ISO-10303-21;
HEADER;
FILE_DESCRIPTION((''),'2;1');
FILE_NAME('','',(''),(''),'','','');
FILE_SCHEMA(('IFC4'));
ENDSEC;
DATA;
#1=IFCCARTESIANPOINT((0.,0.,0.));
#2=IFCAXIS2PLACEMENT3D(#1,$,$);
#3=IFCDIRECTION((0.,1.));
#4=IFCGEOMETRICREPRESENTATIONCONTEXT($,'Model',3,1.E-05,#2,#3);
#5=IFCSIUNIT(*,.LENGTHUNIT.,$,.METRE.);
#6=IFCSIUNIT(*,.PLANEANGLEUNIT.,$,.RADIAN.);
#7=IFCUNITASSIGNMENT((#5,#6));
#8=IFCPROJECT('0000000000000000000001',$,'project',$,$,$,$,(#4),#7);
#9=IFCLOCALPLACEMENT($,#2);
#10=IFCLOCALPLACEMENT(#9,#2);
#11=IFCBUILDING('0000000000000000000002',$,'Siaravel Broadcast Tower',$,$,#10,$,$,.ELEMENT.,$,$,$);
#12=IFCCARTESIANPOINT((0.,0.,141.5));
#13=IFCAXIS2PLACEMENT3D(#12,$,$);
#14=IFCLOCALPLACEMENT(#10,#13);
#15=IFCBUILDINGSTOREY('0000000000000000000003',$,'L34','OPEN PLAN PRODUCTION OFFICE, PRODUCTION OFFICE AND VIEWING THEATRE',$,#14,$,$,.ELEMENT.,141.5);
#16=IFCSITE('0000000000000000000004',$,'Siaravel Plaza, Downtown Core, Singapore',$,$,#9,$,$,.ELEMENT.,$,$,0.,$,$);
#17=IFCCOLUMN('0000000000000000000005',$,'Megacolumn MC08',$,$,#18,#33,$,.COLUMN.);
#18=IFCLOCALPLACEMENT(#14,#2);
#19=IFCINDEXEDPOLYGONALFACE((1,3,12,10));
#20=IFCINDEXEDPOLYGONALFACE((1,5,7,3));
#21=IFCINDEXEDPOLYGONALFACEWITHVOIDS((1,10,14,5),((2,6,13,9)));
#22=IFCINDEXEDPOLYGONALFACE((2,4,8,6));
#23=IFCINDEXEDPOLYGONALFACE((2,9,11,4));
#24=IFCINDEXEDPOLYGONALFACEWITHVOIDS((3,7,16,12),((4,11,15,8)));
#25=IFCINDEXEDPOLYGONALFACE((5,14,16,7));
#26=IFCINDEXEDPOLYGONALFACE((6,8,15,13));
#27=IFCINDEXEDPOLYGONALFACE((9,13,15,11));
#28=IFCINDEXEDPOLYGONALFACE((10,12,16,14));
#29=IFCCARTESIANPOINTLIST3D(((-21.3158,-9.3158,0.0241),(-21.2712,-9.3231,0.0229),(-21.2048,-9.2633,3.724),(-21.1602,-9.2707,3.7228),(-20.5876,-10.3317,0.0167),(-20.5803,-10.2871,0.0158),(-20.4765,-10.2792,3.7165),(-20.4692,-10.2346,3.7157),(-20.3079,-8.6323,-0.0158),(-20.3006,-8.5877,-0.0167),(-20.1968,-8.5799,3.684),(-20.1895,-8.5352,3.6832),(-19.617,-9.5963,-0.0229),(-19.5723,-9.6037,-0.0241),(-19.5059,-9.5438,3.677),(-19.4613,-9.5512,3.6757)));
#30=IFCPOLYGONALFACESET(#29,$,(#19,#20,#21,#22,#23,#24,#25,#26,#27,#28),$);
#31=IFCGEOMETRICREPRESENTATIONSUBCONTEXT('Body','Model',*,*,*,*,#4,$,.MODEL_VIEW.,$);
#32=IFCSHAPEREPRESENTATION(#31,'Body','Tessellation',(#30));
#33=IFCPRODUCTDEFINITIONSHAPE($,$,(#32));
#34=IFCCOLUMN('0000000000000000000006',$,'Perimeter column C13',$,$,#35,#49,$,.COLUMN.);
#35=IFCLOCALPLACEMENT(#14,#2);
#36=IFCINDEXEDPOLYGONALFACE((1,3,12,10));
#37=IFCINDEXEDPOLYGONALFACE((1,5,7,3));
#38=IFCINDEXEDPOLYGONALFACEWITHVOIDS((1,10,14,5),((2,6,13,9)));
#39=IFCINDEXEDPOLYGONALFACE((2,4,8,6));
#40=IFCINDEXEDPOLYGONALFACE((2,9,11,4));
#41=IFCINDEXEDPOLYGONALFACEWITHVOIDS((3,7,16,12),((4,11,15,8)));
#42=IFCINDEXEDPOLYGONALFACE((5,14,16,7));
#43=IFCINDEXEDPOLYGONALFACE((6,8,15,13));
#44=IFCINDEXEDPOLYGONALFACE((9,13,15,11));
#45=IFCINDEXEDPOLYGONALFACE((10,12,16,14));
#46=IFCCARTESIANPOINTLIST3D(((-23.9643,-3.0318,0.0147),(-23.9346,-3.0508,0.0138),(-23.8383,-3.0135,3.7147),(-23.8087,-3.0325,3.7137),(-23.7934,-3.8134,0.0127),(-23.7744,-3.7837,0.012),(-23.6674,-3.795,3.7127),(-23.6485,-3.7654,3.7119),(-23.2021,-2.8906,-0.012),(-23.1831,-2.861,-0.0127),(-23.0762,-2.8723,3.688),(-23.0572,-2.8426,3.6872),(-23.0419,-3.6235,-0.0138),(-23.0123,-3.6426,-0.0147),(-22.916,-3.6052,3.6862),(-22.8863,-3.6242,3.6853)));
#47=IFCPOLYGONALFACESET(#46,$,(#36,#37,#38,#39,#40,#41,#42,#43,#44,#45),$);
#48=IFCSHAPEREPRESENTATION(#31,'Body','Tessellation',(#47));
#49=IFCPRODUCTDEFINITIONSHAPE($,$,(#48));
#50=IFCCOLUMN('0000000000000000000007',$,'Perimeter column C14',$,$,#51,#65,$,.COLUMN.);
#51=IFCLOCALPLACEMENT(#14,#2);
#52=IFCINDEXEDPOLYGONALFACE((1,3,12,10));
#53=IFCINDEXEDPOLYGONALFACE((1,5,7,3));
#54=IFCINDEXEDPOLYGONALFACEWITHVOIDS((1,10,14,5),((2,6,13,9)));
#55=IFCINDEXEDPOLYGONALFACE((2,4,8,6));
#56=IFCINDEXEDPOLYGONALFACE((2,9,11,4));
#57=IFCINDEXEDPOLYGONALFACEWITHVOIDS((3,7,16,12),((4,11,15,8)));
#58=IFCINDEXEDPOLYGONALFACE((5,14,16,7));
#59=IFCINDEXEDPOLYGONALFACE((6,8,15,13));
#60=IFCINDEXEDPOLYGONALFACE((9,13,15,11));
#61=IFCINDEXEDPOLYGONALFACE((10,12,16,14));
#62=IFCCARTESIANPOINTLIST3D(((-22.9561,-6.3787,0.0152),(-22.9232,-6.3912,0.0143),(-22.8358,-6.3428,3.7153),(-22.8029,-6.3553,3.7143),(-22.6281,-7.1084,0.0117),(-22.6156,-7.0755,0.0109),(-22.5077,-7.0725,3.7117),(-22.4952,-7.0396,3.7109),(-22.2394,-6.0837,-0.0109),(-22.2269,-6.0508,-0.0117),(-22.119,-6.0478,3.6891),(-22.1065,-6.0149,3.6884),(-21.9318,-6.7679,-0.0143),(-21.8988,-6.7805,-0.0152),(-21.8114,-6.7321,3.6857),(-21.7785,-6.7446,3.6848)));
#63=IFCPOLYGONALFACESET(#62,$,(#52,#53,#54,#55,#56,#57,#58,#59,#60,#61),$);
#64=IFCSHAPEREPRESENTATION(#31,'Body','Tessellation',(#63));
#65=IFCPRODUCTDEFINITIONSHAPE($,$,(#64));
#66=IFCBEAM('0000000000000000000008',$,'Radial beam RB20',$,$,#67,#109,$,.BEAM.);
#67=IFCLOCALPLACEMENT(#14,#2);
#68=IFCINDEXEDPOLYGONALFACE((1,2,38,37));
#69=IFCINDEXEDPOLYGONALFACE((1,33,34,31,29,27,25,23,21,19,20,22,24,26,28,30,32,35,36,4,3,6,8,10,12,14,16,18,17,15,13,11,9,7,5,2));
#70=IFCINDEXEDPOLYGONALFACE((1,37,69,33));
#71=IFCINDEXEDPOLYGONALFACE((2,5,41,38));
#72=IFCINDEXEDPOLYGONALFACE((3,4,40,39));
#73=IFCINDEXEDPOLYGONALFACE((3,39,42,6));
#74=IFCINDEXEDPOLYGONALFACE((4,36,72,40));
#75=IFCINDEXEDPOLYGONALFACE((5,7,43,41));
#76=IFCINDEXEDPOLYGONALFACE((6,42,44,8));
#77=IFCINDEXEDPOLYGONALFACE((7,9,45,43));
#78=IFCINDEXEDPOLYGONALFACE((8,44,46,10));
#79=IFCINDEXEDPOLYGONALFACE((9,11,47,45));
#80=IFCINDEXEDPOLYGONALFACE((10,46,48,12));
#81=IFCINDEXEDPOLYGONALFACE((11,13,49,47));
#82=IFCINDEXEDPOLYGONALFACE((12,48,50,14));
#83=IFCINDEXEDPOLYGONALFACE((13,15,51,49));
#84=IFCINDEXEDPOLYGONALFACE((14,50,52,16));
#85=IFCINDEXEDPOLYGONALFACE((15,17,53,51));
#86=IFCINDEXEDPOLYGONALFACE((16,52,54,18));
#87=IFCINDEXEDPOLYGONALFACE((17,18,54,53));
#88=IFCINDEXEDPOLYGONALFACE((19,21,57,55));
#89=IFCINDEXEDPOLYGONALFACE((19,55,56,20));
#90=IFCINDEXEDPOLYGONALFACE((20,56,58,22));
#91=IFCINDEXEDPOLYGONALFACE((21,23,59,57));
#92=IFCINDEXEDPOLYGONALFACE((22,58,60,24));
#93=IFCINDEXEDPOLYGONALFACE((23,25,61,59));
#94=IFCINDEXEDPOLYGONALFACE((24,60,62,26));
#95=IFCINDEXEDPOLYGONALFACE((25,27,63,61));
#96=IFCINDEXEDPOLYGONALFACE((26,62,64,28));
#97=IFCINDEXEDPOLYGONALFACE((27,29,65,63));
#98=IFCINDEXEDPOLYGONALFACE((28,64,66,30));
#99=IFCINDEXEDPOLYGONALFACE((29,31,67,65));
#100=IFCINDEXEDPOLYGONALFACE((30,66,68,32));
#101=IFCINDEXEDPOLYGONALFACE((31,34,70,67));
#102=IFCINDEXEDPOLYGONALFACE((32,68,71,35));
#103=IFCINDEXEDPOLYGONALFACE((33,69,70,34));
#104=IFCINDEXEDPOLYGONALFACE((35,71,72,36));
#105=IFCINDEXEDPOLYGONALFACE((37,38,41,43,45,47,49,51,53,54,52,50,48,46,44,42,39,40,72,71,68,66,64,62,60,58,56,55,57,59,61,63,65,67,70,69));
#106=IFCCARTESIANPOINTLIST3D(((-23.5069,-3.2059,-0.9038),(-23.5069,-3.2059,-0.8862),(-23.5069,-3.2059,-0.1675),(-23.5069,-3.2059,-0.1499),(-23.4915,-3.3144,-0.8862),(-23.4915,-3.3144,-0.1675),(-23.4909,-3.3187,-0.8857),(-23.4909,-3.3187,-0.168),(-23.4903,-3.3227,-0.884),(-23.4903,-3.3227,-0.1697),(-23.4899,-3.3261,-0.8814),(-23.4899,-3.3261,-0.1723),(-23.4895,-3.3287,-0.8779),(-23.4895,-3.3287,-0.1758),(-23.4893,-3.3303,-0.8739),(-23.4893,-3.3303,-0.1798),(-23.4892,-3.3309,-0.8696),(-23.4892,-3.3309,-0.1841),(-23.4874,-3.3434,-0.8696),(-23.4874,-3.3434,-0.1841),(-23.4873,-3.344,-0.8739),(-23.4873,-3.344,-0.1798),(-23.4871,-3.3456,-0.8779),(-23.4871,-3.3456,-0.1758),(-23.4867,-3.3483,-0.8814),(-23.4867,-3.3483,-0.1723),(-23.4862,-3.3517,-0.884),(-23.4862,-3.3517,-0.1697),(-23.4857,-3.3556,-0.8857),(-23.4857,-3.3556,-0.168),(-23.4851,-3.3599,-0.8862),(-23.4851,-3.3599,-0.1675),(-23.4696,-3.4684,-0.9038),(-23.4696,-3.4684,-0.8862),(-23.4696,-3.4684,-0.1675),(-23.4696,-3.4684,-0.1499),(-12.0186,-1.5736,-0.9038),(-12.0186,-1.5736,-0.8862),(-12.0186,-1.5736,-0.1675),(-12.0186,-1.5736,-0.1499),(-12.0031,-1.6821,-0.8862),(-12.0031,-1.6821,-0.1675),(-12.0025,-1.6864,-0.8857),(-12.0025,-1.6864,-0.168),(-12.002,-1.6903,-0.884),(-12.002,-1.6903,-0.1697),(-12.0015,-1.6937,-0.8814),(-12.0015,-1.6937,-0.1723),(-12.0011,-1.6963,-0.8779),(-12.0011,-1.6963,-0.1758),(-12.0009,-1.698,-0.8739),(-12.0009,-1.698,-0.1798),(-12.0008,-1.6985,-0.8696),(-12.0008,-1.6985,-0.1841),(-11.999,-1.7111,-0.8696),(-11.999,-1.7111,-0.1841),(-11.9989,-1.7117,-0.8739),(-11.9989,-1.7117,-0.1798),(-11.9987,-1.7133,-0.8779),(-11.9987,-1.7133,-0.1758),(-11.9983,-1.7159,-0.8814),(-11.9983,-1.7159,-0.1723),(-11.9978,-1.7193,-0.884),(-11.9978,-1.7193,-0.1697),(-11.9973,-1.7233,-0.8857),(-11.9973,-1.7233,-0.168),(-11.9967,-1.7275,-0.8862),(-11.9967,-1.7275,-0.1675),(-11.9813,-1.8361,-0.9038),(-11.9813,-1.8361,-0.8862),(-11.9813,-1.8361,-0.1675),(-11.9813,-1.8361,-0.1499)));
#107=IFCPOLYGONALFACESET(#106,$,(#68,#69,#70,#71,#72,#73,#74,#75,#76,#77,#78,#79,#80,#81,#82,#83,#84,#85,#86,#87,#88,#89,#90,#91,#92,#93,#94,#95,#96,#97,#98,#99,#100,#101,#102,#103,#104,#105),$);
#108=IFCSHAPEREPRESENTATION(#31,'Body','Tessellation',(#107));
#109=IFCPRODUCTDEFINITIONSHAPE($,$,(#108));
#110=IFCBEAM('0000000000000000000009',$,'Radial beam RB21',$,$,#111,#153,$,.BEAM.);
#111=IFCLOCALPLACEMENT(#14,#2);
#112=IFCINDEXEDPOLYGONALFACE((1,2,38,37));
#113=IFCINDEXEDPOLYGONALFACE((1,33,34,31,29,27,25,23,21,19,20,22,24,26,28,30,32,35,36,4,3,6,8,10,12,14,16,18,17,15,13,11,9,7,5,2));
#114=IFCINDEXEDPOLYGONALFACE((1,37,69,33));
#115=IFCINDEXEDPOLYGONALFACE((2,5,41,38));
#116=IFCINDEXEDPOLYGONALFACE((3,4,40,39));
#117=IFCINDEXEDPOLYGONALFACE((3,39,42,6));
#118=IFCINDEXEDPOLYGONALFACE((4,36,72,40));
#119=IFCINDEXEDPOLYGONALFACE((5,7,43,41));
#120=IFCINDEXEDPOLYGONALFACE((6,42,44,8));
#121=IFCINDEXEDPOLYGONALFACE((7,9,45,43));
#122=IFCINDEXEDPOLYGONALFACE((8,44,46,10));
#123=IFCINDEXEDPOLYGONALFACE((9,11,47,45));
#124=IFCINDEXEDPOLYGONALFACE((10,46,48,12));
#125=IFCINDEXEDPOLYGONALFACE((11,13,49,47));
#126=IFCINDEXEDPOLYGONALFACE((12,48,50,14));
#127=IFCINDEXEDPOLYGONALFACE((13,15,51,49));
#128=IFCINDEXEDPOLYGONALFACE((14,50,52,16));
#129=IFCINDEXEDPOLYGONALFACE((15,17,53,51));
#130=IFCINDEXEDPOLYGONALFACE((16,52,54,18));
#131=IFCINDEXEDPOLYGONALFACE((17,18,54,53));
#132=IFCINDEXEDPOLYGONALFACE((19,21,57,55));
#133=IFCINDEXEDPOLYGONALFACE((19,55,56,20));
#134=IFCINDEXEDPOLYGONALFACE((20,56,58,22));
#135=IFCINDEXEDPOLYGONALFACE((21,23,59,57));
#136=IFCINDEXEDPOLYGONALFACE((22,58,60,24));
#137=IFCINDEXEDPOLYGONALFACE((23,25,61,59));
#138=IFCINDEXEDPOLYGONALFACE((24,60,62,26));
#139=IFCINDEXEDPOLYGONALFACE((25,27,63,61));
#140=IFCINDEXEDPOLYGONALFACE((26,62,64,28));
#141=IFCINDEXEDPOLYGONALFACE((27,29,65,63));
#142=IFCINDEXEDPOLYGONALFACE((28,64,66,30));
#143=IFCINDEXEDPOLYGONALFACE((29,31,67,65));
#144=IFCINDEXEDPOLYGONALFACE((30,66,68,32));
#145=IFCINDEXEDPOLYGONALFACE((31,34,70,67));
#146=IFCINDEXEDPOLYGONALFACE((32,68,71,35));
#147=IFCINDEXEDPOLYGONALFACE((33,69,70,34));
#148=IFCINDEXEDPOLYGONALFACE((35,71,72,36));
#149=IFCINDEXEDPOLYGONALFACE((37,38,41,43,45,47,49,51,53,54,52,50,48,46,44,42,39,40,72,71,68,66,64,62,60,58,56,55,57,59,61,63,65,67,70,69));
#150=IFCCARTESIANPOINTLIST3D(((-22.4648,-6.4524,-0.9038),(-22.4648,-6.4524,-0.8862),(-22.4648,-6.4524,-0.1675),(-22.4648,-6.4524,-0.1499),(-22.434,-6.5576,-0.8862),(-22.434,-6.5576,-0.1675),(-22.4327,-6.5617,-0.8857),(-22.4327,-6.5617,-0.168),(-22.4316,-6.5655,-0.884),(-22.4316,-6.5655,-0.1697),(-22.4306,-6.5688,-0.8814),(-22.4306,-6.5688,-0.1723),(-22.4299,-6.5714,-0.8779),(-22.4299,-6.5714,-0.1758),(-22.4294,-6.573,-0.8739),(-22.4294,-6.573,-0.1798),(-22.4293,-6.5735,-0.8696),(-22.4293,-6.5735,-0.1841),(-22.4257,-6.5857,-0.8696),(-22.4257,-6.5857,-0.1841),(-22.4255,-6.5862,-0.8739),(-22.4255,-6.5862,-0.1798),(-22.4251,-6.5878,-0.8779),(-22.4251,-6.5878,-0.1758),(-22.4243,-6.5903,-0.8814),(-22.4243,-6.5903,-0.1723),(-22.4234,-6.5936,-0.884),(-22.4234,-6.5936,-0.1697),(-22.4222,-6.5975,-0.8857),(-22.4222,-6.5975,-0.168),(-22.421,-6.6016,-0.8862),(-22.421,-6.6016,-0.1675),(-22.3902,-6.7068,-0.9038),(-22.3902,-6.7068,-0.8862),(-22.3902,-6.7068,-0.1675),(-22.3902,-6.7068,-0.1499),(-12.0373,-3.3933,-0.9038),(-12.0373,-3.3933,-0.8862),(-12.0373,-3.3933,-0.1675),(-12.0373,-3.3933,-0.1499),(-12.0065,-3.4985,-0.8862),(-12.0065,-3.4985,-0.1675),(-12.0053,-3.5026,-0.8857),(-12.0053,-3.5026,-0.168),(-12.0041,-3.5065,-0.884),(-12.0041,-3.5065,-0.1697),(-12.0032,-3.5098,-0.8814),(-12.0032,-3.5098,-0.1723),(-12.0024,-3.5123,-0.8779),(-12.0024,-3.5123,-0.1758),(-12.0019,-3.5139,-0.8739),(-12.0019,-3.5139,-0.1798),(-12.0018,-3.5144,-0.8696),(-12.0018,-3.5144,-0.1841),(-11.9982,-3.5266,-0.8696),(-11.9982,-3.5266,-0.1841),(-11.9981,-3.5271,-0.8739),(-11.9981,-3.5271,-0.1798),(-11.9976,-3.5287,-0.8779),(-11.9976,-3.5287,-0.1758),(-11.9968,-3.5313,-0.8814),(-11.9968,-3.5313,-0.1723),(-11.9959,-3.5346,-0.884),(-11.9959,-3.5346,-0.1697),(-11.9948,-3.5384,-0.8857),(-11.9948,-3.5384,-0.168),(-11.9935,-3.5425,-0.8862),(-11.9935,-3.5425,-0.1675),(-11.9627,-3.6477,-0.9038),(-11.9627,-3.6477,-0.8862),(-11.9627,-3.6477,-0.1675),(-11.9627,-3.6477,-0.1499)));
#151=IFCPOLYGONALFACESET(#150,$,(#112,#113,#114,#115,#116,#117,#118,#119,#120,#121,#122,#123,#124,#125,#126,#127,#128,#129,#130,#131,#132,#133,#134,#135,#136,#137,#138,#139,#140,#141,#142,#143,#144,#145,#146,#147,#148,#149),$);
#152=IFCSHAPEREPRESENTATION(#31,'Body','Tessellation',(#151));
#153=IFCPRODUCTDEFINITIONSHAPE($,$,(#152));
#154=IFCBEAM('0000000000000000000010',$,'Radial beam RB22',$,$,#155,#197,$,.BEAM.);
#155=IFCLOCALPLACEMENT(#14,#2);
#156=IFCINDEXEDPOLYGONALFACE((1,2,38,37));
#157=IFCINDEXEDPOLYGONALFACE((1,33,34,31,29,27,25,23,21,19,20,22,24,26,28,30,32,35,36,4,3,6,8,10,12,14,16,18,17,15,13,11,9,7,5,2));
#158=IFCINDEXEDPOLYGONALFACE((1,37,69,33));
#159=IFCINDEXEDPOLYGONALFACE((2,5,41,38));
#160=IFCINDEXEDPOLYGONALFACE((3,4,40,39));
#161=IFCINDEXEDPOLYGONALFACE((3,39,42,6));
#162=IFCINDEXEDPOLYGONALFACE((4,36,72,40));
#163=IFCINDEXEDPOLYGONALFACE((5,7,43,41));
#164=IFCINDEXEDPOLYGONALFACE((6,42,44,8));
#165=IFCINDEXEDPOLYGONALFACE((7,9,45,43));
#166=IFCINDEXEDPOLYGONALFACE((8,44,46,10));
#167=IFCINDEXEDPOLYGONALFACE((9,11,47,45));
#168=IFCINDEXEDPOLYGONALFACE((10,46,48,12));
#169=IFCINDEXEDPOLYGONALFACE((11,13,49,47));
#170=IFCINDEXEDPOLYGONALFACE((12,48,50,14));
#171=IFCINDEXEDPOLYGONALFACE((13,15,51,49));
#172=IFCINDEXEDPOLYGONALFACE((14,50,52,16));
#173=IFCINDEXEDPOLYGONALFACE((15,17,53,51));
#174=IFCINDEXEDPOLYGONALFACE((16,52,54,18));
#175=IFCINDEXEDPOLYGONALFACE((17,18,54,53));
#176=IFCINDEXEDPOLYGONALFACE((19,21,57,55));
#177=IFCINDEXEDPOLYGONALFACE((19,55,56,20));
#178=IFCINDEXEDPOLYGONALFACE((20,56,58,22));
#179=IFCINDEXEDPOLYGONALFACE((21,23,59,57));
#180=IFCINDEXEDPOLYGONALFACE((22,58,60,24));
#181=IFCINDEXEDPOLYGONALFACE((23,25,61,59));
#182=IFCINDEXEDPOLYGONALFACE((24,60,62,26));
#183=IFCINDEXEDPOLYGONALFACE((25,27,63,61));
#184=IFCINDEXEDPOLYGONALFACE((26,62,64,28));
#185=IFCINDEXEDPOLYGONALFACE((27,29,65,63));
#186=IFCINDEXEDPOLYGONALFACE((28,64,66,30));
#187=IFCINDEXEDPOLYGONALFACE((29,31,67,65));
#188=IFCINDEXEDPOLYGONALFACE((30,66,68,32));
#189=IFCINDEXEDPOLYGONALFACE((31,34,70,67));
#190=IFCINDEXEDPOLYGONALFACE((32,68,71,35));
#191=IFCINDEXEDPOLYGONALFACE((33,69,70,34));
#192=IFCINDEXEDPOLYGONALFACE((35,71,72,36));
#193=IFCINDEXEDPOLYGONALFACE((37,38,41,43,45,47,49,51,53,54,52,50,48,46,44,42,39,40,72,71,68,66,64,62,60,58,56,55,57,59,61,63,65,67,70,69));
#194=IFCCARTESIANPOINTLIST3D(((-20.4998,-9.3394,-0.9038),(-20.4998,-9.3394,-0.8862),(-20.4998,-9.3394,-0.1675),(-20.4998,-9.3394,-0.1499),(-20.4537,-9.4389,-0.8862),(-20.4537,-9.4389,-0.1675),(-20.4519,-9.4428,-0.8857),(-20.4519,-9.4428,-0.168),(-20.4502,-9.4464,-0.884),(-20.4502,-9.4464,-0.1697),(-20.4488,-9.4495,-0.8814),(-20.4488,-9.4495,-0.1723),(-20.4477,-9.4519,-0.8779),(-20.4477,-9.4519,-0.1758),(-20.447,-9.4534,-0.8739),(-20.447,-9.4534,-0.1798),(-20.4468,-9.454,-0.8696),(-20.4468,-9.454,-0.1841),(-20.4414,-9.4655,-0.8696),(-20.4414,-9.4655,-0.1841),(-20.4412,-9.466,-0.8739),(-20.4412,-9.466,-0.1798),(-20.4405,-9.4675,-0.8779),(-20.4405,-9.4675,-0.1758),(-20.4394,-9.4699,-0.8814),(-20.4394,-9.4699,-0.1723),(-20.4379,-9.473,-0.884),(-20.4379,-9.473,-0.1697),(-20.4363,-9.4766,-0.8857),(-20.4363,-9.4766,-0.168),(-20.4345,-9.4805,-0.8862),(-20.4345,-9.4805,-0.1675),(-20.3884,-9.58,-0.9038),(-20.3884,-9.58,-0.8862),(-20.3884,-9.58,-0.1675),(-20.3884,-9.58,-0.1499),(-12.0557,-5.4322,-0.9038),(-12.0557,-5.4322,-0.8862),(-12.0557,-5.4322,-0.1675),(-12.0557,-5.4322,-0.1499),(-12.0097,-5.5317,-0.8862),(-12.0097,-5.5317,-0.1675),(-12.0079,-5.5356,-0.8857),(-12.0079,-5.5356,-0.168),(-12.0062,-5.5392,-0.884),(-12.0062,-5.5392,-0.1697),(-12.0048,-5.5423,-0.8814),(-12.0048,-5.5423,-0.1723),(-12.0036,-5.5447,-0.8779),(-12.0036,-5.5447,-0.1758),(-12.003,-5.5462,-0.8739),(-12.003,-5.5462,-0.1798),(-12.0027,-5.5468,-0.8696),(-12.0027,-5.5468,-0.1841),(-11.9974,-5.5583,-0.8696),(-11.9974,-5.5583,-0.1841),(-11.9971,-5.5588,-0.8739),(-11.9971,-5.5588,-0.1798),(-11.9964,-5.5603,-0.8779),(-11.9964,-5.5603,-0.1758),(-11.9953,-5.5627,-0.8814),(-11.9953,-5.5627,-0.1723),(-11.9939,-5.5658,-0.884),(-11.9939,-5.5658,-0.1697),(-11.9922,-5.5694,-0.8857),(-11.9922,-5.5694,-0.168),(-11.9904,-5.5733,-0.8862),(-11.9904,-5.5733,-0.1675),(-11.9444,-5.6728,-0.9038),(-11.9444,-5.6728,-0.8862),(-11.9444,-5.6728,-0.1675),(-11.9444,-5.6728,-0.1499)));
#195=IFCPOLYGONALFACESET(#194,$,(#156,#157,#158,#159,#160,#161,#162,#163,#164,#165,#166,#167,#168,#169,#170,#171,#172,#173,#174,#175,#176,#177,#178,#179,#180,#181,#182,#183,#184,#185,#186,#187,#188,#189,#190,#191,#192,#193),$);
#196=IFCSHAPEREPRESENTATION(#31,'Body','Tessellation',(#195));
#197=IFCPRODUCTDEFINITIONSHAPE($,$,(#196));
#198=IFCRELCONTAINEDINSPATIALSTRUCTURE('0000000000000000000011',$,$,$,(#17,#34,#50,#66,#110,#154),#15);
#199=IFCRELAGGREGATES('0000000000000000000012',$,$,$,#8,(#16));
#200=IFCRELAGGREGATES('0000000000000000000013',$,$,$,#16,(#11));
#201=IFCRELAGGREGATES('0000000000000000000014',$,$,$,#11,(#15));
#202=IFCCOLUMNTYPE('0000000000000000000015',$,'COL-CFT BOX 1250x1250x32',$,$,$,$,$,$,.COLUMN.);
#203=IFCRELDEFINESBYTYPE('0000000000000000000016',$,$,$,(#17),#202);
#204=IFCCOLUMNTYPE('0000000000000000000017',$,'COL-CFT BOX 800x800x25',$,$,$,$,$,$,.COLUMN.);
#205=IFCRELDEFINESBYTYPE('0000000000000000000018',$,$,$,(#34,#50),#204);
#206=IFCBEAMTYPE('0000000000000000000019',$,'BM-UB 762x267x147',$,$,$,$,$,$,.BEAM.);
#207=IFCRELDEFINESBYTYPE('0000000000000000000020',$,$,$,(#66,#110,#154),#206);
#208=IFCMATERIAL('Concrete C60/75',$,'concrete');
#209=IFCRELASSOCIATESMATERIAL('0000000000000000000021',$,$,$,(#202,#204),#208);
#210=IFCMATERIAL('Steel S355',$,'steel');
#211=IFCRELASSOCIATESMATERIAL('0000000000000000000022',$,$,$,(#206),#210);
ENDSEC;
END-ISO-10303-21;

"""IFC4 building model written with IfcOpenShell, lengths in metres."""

from ifc_helpers import new_model, si_unit, direction, frame, origin, origin_2d, place, context, subcontext, project, spatial, hollow_rectangle, i_section, extrude, material, material_profile, profile_set, type_object, element, save


model = new_model("IFC4")

# Units and contexts
model_context = context("Model", 3, precision=1e-05, world=origin(), true_north=direction((0.0, 1.0)))
body_context = subcontext(model_context, "Body", "Model", "MODEL_VIEW")
ifc_project = project(units=[si_unit("LENGTHUNIT", "METRE"), si_unit("PLANEANGLEUNIT", "RADIAN")], contexts=[model_context])

# Site, building, storey
site_placement = place(None, origin())
site = spatial("IfcSite", under=ifc_project, at=site_placement, Name="Siaravel Plaza, Downtown Core, Singapore", CompositionType="ELEMENT", RefElevation=0.0)
building_placement = place(site_placement, origin())
building = spatial("IfcBuilding", under=site, at=building_placement, Name="Siaravel Broadcast Tower", CompositionType="ELEMENT")
storey_placement = place(building_placement, frame((0.0, 0.0, 141.5)))
storey = spatial("IfcBuildingStorey", under=building, at=storey_placement, Name="L34", Description="OPEN PLAN PRODUCTION OFFICE, PRODUCTION OFFICE AND VIEWING THEATRE", CompositionType="ELEMENT", Elevation=141.5)

# Columns
ifc_material_1 = material(Name="Concrete C60/75", Category="concrete")
ifc_material_profile_1 = material_profile(ifc_material_1, hollow_rectangle(XDim=1.25, YDim=1.25, WallThickness=0.032, at=origin_2d()))
ifc_profile_set_1 = profile_set([ifc_material_profile_1], Name="Concrete C60/75")
column_type_1 = type_object("IfcColumnType", Name="COL-CFT BOX 1250x1250x32", PredefinedType="COLUMN", material=ifc_profile_set_1)
column_placement = place(storey_placement, frame((-20.4441, -9.4597, 0.0), z_axis=(0.030007, 0.014179, 0.999449), x_axis=(-0.582587, 0.812746, 0.005961)))
element("IfcColumn", 1, at=column_placement, inside=storey, type_object=column_type_1, Name="Megacolumn MC08", PredefinedType="COLUMN", context=body_context, shape_type="SweptSolid", body=[
    extrude(hollow_rectangle(XDim=1.25, YDim=1.25, WallThickness=0.032, at=origin_2d()), origin(), (0.0, 0.0, 1.0), 3.7019),
])
ifc_material_profile_2 = material_profile(ifc_material_1, hollow_rectangle(XDim=0.8, YDim=0.8, WallThickness=0.0249, at=origin_2d()))
ifc_profile_set_2 = profile_set([ifc_material_profile_2], Name="Concrete C60/75")
column_type_2 = type_object("IfcColumnType", Name="COL-CFT BOX 800x800x25", PredefinedType="COLUMN", material=ifc_profile_set_2)
for number, where, z_axis, x_axis, name in (
    (2, (-23.4883, -3.3372, 0.0), (0.034028, 0.004946, 0.999409), (-0.213534, 0.976933, 0.002436), "Perimeter column C13"),
    (3, (-22.4275, -6.5796, 0.0), (0.032512, 0.009694, 0.999424), (-0.410029, 0.912061, 0.004492), "Perimeter column C14"),
):
    element("IfcColumn", number, at=place(storey_placement, frame(where, z_axis=z_axis, x_axis=x_axis)), inside=storey, type_object=column_type_2, Name=name, PredefinedType="COLUMN", context=body_context, shape_type="SweptSolid", body=[
        extrude(hollow_rectangle(XDim=0.8, YDim=0.8, WallThickness=0.0249, at=origin_2d()), origin(), (0.0, 0.0, 1.0), 3.7021),
    ])

# Beams
ifc_material_2 = material(Name="Steel S355", Category="steel")
ifc_material_profile_3 = material_profile(ifc_material_2, i_section(OverallWidth=0.2651, OverallDepth=0.7539, WebThickness=0.0127, FlangeThickness=0.0176, FilletRadius=0.0166, at=origin_2d()))
ifc_profile_set_3 = profile_set([ifc_material_profile_3], Name="Steel S355")
beam_type = type_object("IfcBeamType", Name="BM-UB 762x267x147", PredefinedType="BEAM", material=ifc_profile_set_3)
beam_1_placement = place(storey_placement, frame((-23.4883, -3.3372, -0.5269), z_axis=(0.990056, 0.140673, 0.0), x_axis=(-0.140673, 0.990056, 0.0)))
element("IfcBeam", 4, at=beam_1_placement, inside=storey, type_object=beam_type, Name="Radial beam RB20", PredefinedType="BEAM", context=body_context, shape_type="SweptSolid", body=[
    extrude(i_section(OverallWidth=0.2651, OverallDepth=0.7539, WebThickness=0.0127, FlangeThickness=0.0176, FilletRadius=0.0166, at=origin_2d()), origin(), (0.0, 0.0, 1.0), 11.6038),
])
beam_2_placement = place(storey_placement, frame((-22.4275, -6.5796, -0.5269), z_axis=(0.95956, 0.281503, 0.0), x_axis=(-0.281503, 0.95956, 0.0)))
element("IfcBeam", 5, at=beam_2_placement, inside=storey, type_object=beam_type, Name="Radial beam RB21", PredefinedType="BEAM", context=body_context, shape_type="SweptSolid", body=[
    extrude(i_section(OverallWidth=0.2651, OverallDepth=0.7539, WebThickness=0.0127, FlangeThickness=0.0176, FilletRadius=0.0166, at=origin_2d()), origin(), (0.0, 0.0, 1.0), 10.8669),
])
beam_3_placement = place(storey_placement, frame((-20.4441, -9.4597, -0.5269), z_axis=(0.907552, 0.41994, 0.0), x_axis=(-0.41994, 0.907552, 0.0)))
element("IfcBeam", 6, at=beam_3_placement, inside=storey, type_object=beam_type, Name="Radial beam RB22", PredefinedType="BEAM", context=body_context, shape_type="SweptSolid", body=[
    extrude(i_section(OverallWidth=0.2651, OverallDepth=0.7539, WebThickness=0.0127, FlangeThickness=0.0176, FilletRadius=0.0166, at=origin_2d()), origin(), (0.0, 0.0, 1.0), 9.3042),
])

save(model, "model.ifc")
